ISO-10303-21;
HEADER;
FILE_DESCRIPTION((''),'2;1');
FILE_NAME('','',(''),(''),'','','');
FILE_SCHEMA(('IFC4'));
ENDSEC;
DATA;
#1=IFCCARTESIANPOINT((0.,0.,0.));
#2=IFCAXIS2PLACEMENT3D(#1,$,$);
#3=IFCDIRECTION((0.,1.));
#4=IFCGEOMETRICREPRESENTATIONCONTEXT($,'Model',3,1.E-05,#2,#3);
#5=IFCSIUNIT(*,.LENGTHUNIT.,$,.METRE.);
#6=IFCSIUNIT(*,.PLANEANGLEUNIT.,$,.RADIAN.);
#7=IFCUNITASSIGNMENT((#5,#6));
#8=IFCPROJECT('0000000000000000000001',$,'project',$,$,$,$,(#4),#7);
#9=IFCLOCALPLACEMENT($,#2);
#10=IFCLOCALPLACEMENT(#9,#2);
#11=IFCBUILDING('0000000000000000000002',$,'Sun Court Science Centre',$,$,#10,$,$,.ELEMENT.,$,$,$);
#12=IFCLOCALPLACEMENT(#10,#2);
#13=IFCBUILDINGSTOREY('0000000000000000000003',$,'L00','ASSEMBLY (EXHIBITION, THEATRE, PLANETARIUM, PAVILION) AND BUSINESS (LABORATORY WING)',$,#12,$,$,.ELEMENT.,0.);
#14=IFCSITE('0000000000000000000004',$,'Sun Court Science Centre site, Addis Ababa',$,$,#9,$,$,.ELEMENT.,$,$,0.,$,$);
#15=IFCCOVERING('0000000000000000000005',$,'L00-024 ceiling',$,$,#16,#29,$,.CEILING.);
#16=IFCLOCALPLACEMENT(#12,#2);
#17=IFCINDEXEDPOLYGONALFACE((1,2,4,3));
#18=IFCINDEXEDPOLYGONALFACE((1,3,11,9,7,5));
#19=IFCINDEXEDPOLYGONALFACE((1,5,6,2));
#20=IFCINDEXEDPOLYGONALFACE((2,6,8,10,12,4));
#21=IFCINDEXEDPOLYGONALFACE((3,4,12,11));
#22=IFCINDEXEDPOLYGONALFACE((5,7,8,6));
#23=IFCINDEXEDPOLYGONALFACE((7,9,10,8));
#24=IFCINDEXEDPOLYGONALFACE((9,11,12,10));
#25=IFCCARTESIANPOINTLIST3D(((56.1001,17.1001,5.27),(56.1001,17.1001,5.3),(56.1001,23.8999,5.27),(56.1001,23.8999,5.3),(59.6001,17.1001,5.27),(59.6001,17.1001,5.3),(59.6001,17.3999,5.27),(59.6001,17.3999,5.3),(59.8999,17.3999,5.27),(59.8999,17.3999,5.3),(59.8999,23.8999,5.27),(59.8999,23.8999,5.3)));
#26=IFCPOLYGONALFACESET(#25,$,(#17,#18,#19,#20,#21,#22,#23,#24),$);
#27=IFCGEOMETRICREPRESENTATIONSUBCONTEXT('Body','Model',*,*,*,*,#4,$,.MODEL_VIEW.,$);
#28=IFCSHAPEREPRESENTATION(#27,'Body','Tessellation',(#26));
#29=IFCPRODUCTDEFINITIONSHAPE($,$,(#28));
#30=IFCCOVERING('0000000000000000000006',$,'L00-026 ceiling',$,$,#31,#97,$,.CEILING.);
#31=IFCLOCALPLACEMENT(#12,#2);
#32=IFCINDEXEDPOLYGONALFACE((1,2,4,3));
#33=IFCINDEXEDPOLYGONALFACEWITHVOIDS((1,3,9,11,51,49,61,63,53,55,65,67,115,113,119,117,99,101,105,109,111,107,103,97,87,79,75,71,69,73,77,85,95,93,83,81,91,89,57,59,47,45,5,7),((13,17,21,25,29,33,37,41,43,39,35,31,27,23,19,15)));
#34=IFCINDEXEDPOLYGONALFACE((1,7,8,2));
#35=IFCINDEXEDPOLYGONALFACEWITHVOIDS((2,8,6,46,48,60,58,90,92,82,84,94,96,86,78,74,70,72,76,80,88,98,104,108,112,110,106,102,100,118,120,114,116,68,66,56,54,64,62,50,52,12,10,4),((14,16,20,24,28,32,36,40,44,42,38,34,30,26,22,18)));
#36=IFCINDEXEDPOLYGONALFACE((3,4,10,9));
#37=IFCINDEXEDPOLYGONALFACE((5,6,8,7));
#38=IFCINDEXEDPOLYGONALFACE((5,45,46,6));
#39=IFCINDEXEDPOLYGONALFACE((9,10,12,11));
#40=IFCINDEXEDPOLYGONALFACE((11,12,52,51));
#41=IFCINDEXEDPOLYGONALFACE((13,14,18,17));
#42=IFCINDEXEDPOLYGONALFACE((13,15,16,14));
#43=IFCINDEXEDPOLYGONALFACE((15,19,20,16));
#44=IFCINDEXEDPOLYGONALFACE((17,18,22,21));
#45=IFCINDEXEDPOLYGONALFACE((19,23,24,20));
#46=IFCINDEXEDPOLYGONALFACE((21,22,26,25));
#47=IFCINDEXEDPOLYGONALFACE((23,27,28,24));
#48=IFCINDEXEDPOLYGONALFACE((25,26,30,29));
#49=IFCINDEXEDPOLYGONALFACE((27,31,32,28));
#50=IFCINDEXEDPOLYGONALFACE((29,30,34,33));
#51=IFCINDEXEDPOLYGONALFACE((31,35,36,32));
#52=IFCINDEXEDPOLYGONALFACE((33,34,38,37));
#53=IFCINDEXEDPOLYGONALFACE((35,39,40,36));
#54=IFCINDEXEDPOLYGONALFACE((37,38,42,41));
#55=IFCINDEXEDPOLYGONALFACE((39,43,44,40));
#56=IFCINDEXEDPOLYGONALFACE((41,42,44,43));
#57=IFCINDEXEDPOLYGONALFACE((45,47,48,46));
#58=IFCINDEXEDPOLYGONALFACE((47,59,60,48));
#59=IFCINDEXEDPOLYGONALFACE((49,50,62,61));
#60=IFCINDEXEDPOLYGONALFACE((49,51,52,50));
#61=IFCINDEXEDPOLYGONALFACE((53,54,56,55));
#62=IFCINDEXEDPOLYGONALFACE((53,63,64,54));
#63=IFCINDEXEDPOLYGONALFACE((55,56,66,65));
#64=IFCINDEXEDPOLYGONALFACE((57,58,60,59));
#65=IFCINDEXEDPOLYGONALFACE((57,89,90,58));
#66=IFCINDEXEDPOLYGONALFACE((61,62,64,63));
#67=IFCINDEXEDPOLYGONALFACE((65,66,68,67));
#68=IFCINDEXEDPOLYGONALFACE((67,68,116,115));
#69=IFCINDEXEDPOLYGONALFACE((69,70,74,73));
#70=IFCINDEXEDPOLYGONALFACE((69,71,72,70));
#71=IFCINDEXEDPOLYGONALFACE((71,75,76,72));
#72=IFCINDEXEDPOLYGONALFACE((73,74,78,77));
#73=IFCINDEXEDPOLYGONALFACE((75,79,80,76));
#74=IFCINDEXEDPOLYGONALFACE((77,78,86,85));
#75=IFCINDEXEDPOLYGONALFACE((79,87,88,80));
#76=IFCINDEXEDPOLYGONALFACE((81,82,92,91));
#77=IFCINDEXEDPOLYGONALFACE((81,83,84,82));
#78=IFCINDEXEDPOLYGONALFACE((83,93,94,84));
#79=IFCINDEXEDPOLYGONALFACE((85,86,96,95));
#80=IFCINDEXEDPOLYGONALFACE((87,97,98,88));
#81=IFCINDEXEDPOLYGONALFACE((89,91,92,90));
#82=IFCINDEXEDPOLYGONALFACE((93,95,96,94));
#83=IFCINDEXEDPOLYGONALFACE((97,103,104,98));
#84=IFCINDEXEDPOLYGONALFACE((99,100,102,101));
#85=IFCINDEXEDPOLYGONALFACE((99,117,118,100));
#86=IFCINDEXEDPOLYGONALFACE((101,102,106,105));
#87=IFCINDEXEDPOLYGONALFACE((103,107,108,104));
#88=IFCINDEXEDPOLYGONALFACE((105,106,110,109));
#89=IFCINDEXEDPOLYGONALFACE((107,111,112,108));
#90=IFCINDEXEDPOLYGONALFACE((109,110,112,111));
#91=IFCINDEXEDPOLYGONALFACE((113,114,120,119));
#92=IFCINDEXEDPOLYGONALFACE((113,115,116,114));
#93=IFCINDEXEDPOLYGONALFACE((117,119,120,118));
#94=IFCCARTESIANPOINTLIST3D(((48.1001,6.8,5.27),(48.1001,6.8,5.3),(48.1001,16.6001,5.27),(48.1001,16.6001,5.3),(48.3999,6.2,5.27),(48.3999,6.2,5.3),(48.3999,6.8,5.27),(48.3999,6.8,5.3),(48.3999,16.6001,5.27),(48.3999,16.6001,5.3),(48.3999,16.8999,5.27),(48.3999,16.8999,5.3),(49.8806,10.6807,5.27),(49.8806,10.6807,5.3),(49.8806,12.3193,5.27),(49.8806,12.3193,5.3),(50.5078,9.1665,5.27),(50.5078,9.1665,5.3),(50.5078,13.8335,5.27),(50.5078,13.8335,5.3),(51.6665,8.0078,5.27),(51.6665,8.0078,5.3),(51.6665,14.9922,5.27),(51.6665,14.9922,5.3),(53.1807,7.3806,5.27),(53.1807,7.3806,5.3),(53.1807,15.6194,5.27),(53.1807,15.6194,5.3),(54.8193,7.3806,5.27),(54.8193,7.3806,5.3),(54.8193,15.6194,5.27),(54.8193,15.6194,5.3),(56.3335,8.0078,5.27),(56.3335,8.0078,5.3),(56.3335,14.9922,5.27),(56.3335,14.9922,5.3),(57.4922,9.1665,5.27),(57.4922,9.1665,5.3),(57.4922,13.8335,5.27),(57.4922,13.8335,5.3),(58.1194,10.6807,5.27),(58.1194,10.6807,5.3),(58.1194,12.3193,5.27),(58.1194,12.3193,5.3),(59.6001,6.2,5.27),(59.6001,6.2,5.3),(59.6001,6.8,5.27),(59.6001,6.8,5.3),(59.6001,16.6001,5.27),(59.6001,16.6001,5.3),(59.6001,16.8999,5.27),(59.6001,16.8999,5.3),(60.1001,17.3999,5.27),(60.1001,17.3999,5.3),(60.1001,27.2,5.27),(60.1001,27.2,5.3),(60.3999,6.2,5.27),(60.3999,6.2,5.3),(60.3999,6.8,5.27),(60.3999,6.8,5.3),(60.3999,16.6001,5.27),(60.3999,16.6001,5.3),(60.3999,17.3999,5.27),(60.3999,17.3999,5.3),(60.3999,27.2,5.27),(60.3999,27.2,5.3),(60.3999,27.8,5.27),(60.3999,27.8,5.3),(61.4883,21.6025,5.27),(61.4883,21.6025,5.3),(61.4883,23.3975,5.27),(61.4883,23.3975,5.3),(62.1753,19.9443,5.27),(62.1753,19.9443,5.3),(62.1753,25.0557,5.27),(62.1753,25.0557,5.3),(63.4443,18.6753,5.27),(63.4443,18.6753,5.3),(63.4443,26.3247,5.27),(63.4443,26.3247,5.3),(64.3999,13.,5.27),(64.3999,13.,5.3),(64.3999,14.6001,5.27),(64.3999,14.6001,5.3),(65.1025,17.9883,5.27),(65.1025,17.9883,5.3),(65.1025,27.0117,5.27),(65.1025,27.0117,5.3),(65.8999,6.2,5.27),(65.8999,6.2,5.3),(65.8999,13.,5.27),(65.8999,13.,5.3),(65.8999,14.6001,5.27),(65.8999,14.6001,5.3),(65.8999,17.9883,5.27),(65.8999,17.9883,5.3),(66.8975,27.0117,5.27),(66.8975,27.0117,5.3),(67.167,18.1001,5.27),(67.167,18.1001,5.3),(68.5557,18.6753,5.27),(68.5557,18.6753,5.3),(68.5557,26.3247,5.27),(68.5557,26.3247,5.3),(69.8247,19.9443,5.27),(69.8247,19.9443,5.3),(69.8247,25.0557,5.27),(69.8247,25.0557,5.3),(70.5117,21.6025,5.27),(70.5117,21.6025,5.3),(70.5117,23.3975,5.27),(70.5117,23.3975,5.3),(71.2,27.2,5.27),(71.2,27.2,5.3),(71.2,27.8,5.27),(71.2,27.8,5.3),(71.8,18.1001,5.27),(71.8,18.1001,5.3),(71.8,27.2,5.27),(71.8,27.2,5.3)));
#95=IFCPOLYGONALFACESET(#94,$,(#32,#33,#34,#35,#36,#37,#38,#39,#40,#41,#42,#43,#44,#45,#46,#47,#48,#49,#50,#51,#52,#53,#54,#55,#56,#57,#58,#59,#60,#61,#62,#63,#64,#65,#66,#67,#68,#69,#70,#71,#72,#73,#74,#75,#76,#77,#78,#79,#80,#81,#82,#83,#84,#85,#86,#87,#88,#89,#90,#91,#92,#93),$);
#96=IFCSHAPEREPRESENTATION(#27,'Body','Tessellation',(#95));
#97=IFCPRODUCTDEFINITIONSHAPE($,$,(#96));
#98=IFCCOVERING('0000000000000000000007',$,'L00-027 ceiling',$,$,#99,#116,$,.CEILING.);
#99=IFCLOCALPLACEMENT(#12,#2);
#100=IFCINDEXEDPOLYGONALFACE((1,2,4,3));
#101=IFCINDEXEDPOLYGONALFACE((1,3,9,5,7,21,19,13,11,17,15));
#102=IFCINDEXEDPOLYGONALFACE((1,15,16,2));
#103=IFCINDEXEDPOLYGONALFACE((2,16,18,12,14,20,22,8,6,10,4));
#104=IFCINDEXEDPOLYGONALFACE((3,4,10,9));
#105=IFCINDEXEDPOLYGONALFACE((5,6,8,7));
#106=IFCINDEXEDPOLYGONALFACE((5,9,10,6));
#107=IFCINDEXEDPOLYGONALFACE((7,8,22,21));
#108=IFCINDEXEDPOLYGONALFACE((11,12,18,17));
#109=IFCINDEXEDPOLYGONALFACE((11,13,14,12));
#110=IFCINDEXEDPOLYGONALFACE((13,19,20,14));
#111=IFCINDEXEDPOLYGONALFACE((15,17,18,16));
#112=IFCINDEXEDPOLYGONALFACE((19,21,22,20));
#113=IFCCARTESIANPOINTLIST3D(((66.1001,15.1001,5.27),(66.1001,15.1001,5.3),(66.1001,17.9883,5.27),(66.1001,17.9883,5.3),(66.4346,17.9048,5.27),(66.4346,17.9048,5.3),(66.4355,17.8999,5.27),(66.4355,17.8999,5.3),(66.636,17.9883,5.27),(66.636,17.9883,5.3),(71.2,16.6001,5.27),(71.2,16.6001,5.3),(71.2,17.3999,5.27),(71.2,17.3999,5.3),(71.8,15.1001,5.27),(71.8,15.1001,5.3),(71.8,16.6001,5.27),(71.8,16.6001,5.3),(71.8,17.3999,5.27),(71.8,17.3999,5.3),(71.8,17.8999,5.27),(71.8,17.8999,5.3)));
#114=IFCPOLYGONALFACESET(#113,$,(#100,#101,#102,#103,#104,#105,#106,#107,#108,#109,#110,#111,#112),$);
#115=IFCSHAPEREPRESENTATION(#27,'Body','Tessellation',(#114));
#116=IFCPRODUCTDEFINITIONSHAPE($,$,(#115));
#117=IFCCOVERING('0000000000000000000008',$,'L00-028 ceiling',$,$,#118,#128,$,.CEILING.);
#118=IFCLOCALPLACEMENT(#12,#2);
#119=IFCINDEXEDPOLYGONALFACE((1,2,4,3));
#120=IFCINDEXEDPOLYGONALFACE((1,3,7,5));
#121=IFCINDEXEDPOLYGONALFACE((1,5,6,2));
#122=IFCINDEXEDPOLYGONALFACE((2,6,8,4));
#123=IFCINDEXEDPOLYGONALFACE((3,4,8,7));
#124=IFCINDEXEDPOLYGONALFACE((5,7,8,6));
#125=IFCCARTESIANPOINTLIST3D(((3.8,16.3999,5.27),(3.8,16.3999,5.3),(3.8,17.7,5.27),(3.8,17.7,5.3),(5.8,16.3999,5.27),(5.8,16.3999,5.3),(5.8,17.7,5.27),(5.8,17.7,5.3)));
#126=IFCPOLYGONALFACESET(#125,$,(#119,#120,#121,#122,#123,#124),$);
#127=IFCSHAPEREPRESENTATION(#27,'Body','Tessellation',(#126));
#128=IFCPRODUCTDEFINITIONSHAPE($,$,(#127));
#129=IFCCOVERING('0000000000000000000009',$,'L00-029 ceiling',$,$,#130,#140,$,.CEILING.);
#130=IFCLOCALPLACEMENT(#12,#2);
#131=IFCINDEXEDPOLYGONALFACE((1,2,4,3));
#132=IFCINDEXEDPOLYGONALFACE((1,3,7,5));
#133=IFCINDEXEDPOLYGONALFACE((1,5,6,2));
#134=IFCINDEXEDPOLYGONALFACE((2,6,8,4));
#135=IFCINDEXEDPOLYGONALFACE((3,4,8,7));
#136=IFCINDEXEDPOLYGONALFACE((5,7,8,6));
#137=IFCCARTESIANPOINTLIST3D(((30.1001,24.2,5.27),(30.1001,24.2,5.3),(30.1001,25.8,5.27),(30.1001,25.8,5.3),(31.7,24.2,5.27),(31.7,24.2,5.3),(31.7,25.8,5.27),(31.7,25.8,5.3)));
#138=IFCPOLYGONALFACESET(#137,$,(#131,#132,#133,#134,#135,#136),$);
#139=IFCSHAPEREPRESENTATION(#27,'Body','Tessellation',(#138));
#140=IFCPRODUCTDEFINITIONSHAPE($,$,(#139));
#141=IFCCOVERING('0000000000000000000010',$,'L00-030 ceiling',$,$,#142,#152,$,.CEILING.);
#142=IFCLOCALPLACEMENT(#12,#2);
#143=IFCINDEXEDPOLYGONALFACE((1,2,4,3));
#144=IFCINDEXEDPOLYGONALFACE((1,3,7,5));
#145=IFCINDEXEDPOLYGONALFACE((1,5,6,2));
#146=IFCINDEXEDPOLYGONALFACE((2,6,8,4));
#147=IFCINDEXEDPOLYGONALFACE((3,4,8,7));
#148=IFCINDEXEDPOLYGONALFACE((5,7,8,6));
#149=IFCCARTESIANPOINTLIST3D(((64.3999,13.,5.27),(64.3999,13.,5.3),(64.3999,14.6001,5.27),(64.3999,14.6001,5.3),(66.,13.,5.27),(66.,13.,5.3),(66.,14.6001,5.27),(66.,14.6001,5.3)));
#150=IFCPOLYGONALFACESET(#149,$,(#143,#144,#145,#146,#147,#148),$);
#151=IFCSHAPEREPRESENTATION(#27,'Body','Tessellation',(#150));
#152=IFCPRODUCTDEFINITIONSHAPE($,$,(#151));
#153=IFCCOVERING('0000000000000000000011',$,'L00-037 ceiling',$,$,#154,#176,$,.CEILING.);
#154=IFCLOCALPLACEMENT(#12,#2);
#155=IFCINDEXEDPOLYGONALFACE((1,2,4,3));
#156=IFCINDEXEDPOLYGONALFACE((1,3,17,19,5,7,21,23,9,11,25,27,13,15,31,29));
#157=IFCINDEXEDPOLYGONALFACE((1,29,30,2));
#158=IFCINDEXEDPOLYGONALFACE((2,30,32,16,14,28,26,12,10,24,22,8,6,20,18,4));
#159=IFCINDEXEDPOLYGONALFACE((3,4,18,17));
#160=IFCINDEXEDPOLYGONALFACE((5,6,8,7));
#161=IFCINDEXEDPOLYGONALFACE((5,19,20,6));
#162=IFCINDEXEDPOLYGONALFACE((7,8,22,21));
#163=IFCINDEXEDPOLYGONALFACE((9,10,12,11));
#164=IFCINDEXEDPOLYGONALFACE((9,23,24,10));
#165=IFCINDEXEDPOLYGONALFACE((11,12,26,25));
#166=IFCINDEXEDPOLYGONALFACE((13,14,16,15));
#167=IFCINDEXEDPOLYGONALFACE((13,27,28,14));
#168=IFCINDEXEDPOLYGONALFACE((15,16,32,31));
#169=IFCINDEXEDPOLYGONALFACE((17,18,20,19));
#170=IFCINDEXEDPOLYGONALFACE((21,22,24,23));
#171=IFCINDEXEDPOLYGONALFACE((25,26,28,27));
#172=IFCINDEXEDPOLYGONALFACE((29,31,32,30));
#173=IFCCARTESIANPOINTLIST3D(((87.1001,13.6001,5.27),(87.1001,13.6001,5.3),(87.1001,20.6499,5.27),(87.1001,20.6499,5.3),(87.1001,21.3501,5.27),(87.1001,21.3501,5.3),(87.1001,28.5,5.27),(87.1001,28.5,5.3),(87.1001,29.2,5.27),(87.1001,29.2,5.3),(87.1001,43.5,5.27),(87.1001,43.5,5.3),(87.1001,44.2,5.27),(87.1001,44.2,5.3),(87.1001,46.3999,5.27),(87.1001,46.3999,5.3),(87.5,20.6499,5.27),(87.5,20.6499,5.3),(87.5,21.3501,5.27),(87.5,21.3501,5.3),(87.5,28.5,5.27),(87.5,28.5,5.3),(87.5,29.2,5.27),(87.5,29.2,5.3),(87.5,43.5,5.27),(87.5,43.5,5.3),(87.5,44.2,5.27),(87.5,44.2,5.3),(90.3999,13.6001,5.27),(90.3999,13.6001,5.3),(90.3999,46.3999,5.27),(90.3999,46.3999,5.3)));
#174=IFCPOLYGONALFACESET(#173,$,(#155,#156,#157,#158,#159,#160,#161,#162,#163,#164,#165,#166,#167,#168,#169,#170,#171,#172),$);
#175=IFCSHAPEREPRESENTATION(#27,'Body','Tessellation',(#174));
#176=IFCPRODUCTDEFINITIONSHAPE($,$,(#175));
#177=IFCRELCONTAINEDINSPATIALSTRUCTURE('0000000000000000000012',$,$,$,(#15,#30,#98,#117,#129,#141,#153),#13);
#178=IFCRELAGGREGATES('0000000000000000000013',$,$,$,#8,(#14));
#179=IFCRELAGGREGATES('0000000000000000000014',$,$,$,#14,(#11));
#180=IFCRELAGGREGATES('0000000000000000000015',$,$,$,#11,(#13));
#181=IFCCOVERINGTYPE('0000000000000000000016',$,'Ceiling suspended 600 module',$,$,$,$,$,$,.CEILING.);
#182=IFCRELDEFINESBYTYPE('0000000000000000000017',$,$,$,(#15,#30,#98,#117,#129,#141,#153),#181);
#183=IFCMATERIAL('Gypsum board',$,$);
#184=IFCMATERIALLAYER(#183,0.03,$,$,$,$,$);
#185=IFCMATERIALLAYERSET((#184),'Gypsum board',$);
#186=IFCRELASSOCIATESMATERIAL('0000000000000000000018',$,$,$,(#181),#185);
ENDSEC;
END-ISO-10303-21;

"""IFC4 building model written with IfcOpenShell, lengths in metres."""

from ifc_helpers import new_model, si_unit, direction, frame, origin, place, context, subcontext, project, spatial, polyline, outline, extrude, material, layer, layer_set, type_object, element, save


model = new_model("IFC4")

# Units and contexts
model_context = context("Model", 3, precision=1e-05, world=origin(), true_north=direction((0.0, 1.0)))
body_context = subcontext(model_context, "Body", "Model", "MODEL_VIEW")
ifc_project = project(units=[si_unit("LENGTHUNIT", "METRE"), si_unit("PLANEANGLEUNIT", "RADIAN")], contexts=[model_context])

# Site, building, storey
site_placement = place(None, origin())
site = spatial("IfcSite", under=ifc_project, at=site_placement, Name="Sun Court Science Centre site, Addis Ababa", CompositionType="ELEMENT", RefElevation=0.0)
building_placement = place(site_placement, origin())
building = spatial("IfcBuilding", under=site, at=building_placement, Name="Sun Court Science Centre", CompositionType="ELEMENT")
storey_placement = place(building_placement, origin())
storey = spatial("IfcBuildingStorey", under=building, at=storey_placement, Name="L00", Description="ASSEMBLY (EXHIBITION, THEATRE, PLANETARIUM, PAVILION) AND BUSINESS (LABORATORY WING)", CompositionType="ELEMENT", Elevation=0.0)

# Coverings
ifc_material_1 = material(Name="Gypsum board")
ifc_layer_1 = layer(ifc_material_1, 0.03)
ifc_layer_set_1 = layer_set([ifc_layer_1], Name="Gypsum board")
covering_type_1 = type_object("IfcCoveringType", Name="Ceiling suspended 600 module", PredefinedType="CEILING", material=ifc_layer_set_1)
covering_1_placement = place(storey_placement, frame((0.0, 0.0, 5.27)))
element("IfcCovering", 1, at=covering_1_placement, inside=storey, type_object=covering_type_1, Name="L00-024 ceiling", PredefinedType="CEILING", context=body_context, shape_type="SweptSolid", body=[
    extrude(outline(polyline([(59.6001, 17.1001), (56.1001, 17.1001), (56.1001, 23.8999), (59.8999, 23.8999), (59.8999, 17.3999), (59.6001, 17.3999), (59.6001, 17.1001)])), origin(), (0.0, 0.0, 1.0), 0.03),
])
covering_2_placement = place(storey_placement, frame((0.0, 0.0, 5.27)))
element("IfcCovering", 2, at=covering_2_placement, inside=storey, type_object=covering_type_1, Name="L00-026 ceiling", PredefinedType="CEILING", context=body_context, shape_type="SweptSolid", body=[
    extrude(outline(polyline([(71.8, 18.1001), (67.167, 18.1001), (68.5557, 18.6753), (69.8247, 19.9443), (70.5117, 21.6025), (70.5117, 23.3975), (69.8247, 25.0557), (68.5557, 26.3247), (66.8975, 27.0117), (65.1025, 27.0117), (63.4443, 26.3247), (62.1753, 25.0557), (61.4883, 23.3975), (61.4883, 21.6025), (62.1753, 19.9443), (63.4443, 18.6753), (65.1025, 17.9883), (65.8999, 17.9883), (65.8999, 14.6001), (64.3999, 14.6001), (64.3999, 13.0), (65.8999, 13.0), (65.8999, 6.2), (60.3999, 6.2), (60.3999, 6.8), (59.6001, 6.8), (59.6001, 6.2), (48.3999, 6.2), (48.3999, 6.8), (48.1001, 6.8), (48.1001, 16.6001), (48.3999, 16.6001), (48.3999, 16.8999), (59.6001, 16.8999), (59.6001, 16.6001), (60.3999, 16.6001), (60.3999, 17.3999), (60.1001, 17.3999), (60.1001, 27.2), (60.3999, 27.2), (60.3999, 27.8), (71.2, 27.8), (71.2, 27.2), (71.8, 27.2), (71.8, 18.1001)]), holes=[polyline([(56.3335, 14.9922), (54.8193, 15.6194), (53.1807, 15.6194), (51.6665, 14.9922), (50.5078, 13.8335), (49.8806, 12.3193), (49.8806, 10.6807), (50.5078, 9.1665), (51.6665, 8.0078), (53.1807, 7.3806), (54.8193, 7.3806), (56.3335, 8.0078), (57.4922, 9.1665), (58.1194, 10.6807), (58.1194, 12.3193), (57.4922, 13.8335), (56.3335, 14.9922)])]), origin(), (0.0, 0.0, 1.0), 0.03),
])
covering_3_placement = place(storey_placement, frame((0.0, 0.0, 5.27)))
element("IfcCovering", 3, at=covering_3_placement, inside=storey, type_object=covering_type_1, Name="L00-027 ceiling", PredefinedType="CEILING", context=body_context, shape_type="SweptSolid", body=[
    extrude(outline(polyline([(71.8, 15.1001), (66.1001, 15.1001), (66.1001, 17.9883), (66.636, 17.9883), (66.4346, 17.9048), (66.4355, 17.8999), (71.8, 17.8999), (71.8, 17.3999), (71.2, 17.3999), (71.2, 16.6001), (71.8, 16.6001), (71.8, 15.1001)])), origin(), (0.0, 0.0, 1.0), 0.03),
])
covering_4_placement = place(storey_placement, frame((0.0, 0.0, 5.27)))
element("IfcCovering", 4, at=covering_4_placement, inside=storey, type_object=covering_type_1, Name="L00-028 ceiling", PredefinedType="CEILING", context=body_context, shape_type="SweptSolid", body=[
    extrude(outline(polyline([(5.8, 17.7), (5.8, 16.3999), (3.8, 16.3999), (3.8, 17.7), (5.8, 17.7)])), origin(), (0.0, 0.0, 1.0), 0.03),
])
covering_5_placement = place(storey_placement, frame((0.0, 0.0, 5.27)))
element("IfcCovering", 5, at=covering_5_placement, inside=storey, type_object=covering_type_1, Name="L00-029 ceiling", PredefinedType="CEILING", context=body_context, shape_type="SweptSolid", body=[
    extrude(outline(polyline([(31.7, 25.8), (31.7, 24.2), (30.1001, 24.2), (30.1001, 25.8), (31.7, 25.8)])), origin(), (0.0, 0.0, 1.0), 0.03),
])
covering_6_placement = place(storey_placement, frame((0.0, 0.0, 5.27)))
element("IfcCovering", 6, at=covering_6_placement, inside=storey, type_object=covering_type_1, Name="L00-030 ceiling", PredefinedType="CEILING", context=body_context, shape_type="SweptSolid", body=[
    extrude(outline(polyline([(66.0, 14.6001), (66.0, 13.0), (64.3999, 13.0), (64.3999, 14.6001), (66.0, 14.6001)])), origin(), (0.0, 0.0, 1.0), 0.03),
])
covering_7_placement = place(storey_placement, frame((0.0, 0.0, 5.27)))
element("IfcCovering", 7, at=covering_7_placement, inside=storey, type_object=covering_type_1, Name="L00-037 ceiling", PredefinedType="CEILING", context=body_context, shape_type="SweptSolid", body=[
    extrude(outline(polyline([(87.1001, 44.2), (87.1001, 46.3999), (90.3999, 46.3999), (90.3999, 13.6001), (87.1001, 13.6001), (87.1001, 20.6499), (87.5, 20.6499), (87.5, 21.3501), (87.1001, 21.3501), (87.1001, 28.5), (87.5, 28.5), (87.5, 29.2), (87.1001, 29.2), (87.1001, 43.5), (87.5, 43.5), (87.5, 44.2), (87.1001, 44.2)])), origin(), (0.0, 0.0, 1.0), 0.03),
])

save(model, "model.ifc")
